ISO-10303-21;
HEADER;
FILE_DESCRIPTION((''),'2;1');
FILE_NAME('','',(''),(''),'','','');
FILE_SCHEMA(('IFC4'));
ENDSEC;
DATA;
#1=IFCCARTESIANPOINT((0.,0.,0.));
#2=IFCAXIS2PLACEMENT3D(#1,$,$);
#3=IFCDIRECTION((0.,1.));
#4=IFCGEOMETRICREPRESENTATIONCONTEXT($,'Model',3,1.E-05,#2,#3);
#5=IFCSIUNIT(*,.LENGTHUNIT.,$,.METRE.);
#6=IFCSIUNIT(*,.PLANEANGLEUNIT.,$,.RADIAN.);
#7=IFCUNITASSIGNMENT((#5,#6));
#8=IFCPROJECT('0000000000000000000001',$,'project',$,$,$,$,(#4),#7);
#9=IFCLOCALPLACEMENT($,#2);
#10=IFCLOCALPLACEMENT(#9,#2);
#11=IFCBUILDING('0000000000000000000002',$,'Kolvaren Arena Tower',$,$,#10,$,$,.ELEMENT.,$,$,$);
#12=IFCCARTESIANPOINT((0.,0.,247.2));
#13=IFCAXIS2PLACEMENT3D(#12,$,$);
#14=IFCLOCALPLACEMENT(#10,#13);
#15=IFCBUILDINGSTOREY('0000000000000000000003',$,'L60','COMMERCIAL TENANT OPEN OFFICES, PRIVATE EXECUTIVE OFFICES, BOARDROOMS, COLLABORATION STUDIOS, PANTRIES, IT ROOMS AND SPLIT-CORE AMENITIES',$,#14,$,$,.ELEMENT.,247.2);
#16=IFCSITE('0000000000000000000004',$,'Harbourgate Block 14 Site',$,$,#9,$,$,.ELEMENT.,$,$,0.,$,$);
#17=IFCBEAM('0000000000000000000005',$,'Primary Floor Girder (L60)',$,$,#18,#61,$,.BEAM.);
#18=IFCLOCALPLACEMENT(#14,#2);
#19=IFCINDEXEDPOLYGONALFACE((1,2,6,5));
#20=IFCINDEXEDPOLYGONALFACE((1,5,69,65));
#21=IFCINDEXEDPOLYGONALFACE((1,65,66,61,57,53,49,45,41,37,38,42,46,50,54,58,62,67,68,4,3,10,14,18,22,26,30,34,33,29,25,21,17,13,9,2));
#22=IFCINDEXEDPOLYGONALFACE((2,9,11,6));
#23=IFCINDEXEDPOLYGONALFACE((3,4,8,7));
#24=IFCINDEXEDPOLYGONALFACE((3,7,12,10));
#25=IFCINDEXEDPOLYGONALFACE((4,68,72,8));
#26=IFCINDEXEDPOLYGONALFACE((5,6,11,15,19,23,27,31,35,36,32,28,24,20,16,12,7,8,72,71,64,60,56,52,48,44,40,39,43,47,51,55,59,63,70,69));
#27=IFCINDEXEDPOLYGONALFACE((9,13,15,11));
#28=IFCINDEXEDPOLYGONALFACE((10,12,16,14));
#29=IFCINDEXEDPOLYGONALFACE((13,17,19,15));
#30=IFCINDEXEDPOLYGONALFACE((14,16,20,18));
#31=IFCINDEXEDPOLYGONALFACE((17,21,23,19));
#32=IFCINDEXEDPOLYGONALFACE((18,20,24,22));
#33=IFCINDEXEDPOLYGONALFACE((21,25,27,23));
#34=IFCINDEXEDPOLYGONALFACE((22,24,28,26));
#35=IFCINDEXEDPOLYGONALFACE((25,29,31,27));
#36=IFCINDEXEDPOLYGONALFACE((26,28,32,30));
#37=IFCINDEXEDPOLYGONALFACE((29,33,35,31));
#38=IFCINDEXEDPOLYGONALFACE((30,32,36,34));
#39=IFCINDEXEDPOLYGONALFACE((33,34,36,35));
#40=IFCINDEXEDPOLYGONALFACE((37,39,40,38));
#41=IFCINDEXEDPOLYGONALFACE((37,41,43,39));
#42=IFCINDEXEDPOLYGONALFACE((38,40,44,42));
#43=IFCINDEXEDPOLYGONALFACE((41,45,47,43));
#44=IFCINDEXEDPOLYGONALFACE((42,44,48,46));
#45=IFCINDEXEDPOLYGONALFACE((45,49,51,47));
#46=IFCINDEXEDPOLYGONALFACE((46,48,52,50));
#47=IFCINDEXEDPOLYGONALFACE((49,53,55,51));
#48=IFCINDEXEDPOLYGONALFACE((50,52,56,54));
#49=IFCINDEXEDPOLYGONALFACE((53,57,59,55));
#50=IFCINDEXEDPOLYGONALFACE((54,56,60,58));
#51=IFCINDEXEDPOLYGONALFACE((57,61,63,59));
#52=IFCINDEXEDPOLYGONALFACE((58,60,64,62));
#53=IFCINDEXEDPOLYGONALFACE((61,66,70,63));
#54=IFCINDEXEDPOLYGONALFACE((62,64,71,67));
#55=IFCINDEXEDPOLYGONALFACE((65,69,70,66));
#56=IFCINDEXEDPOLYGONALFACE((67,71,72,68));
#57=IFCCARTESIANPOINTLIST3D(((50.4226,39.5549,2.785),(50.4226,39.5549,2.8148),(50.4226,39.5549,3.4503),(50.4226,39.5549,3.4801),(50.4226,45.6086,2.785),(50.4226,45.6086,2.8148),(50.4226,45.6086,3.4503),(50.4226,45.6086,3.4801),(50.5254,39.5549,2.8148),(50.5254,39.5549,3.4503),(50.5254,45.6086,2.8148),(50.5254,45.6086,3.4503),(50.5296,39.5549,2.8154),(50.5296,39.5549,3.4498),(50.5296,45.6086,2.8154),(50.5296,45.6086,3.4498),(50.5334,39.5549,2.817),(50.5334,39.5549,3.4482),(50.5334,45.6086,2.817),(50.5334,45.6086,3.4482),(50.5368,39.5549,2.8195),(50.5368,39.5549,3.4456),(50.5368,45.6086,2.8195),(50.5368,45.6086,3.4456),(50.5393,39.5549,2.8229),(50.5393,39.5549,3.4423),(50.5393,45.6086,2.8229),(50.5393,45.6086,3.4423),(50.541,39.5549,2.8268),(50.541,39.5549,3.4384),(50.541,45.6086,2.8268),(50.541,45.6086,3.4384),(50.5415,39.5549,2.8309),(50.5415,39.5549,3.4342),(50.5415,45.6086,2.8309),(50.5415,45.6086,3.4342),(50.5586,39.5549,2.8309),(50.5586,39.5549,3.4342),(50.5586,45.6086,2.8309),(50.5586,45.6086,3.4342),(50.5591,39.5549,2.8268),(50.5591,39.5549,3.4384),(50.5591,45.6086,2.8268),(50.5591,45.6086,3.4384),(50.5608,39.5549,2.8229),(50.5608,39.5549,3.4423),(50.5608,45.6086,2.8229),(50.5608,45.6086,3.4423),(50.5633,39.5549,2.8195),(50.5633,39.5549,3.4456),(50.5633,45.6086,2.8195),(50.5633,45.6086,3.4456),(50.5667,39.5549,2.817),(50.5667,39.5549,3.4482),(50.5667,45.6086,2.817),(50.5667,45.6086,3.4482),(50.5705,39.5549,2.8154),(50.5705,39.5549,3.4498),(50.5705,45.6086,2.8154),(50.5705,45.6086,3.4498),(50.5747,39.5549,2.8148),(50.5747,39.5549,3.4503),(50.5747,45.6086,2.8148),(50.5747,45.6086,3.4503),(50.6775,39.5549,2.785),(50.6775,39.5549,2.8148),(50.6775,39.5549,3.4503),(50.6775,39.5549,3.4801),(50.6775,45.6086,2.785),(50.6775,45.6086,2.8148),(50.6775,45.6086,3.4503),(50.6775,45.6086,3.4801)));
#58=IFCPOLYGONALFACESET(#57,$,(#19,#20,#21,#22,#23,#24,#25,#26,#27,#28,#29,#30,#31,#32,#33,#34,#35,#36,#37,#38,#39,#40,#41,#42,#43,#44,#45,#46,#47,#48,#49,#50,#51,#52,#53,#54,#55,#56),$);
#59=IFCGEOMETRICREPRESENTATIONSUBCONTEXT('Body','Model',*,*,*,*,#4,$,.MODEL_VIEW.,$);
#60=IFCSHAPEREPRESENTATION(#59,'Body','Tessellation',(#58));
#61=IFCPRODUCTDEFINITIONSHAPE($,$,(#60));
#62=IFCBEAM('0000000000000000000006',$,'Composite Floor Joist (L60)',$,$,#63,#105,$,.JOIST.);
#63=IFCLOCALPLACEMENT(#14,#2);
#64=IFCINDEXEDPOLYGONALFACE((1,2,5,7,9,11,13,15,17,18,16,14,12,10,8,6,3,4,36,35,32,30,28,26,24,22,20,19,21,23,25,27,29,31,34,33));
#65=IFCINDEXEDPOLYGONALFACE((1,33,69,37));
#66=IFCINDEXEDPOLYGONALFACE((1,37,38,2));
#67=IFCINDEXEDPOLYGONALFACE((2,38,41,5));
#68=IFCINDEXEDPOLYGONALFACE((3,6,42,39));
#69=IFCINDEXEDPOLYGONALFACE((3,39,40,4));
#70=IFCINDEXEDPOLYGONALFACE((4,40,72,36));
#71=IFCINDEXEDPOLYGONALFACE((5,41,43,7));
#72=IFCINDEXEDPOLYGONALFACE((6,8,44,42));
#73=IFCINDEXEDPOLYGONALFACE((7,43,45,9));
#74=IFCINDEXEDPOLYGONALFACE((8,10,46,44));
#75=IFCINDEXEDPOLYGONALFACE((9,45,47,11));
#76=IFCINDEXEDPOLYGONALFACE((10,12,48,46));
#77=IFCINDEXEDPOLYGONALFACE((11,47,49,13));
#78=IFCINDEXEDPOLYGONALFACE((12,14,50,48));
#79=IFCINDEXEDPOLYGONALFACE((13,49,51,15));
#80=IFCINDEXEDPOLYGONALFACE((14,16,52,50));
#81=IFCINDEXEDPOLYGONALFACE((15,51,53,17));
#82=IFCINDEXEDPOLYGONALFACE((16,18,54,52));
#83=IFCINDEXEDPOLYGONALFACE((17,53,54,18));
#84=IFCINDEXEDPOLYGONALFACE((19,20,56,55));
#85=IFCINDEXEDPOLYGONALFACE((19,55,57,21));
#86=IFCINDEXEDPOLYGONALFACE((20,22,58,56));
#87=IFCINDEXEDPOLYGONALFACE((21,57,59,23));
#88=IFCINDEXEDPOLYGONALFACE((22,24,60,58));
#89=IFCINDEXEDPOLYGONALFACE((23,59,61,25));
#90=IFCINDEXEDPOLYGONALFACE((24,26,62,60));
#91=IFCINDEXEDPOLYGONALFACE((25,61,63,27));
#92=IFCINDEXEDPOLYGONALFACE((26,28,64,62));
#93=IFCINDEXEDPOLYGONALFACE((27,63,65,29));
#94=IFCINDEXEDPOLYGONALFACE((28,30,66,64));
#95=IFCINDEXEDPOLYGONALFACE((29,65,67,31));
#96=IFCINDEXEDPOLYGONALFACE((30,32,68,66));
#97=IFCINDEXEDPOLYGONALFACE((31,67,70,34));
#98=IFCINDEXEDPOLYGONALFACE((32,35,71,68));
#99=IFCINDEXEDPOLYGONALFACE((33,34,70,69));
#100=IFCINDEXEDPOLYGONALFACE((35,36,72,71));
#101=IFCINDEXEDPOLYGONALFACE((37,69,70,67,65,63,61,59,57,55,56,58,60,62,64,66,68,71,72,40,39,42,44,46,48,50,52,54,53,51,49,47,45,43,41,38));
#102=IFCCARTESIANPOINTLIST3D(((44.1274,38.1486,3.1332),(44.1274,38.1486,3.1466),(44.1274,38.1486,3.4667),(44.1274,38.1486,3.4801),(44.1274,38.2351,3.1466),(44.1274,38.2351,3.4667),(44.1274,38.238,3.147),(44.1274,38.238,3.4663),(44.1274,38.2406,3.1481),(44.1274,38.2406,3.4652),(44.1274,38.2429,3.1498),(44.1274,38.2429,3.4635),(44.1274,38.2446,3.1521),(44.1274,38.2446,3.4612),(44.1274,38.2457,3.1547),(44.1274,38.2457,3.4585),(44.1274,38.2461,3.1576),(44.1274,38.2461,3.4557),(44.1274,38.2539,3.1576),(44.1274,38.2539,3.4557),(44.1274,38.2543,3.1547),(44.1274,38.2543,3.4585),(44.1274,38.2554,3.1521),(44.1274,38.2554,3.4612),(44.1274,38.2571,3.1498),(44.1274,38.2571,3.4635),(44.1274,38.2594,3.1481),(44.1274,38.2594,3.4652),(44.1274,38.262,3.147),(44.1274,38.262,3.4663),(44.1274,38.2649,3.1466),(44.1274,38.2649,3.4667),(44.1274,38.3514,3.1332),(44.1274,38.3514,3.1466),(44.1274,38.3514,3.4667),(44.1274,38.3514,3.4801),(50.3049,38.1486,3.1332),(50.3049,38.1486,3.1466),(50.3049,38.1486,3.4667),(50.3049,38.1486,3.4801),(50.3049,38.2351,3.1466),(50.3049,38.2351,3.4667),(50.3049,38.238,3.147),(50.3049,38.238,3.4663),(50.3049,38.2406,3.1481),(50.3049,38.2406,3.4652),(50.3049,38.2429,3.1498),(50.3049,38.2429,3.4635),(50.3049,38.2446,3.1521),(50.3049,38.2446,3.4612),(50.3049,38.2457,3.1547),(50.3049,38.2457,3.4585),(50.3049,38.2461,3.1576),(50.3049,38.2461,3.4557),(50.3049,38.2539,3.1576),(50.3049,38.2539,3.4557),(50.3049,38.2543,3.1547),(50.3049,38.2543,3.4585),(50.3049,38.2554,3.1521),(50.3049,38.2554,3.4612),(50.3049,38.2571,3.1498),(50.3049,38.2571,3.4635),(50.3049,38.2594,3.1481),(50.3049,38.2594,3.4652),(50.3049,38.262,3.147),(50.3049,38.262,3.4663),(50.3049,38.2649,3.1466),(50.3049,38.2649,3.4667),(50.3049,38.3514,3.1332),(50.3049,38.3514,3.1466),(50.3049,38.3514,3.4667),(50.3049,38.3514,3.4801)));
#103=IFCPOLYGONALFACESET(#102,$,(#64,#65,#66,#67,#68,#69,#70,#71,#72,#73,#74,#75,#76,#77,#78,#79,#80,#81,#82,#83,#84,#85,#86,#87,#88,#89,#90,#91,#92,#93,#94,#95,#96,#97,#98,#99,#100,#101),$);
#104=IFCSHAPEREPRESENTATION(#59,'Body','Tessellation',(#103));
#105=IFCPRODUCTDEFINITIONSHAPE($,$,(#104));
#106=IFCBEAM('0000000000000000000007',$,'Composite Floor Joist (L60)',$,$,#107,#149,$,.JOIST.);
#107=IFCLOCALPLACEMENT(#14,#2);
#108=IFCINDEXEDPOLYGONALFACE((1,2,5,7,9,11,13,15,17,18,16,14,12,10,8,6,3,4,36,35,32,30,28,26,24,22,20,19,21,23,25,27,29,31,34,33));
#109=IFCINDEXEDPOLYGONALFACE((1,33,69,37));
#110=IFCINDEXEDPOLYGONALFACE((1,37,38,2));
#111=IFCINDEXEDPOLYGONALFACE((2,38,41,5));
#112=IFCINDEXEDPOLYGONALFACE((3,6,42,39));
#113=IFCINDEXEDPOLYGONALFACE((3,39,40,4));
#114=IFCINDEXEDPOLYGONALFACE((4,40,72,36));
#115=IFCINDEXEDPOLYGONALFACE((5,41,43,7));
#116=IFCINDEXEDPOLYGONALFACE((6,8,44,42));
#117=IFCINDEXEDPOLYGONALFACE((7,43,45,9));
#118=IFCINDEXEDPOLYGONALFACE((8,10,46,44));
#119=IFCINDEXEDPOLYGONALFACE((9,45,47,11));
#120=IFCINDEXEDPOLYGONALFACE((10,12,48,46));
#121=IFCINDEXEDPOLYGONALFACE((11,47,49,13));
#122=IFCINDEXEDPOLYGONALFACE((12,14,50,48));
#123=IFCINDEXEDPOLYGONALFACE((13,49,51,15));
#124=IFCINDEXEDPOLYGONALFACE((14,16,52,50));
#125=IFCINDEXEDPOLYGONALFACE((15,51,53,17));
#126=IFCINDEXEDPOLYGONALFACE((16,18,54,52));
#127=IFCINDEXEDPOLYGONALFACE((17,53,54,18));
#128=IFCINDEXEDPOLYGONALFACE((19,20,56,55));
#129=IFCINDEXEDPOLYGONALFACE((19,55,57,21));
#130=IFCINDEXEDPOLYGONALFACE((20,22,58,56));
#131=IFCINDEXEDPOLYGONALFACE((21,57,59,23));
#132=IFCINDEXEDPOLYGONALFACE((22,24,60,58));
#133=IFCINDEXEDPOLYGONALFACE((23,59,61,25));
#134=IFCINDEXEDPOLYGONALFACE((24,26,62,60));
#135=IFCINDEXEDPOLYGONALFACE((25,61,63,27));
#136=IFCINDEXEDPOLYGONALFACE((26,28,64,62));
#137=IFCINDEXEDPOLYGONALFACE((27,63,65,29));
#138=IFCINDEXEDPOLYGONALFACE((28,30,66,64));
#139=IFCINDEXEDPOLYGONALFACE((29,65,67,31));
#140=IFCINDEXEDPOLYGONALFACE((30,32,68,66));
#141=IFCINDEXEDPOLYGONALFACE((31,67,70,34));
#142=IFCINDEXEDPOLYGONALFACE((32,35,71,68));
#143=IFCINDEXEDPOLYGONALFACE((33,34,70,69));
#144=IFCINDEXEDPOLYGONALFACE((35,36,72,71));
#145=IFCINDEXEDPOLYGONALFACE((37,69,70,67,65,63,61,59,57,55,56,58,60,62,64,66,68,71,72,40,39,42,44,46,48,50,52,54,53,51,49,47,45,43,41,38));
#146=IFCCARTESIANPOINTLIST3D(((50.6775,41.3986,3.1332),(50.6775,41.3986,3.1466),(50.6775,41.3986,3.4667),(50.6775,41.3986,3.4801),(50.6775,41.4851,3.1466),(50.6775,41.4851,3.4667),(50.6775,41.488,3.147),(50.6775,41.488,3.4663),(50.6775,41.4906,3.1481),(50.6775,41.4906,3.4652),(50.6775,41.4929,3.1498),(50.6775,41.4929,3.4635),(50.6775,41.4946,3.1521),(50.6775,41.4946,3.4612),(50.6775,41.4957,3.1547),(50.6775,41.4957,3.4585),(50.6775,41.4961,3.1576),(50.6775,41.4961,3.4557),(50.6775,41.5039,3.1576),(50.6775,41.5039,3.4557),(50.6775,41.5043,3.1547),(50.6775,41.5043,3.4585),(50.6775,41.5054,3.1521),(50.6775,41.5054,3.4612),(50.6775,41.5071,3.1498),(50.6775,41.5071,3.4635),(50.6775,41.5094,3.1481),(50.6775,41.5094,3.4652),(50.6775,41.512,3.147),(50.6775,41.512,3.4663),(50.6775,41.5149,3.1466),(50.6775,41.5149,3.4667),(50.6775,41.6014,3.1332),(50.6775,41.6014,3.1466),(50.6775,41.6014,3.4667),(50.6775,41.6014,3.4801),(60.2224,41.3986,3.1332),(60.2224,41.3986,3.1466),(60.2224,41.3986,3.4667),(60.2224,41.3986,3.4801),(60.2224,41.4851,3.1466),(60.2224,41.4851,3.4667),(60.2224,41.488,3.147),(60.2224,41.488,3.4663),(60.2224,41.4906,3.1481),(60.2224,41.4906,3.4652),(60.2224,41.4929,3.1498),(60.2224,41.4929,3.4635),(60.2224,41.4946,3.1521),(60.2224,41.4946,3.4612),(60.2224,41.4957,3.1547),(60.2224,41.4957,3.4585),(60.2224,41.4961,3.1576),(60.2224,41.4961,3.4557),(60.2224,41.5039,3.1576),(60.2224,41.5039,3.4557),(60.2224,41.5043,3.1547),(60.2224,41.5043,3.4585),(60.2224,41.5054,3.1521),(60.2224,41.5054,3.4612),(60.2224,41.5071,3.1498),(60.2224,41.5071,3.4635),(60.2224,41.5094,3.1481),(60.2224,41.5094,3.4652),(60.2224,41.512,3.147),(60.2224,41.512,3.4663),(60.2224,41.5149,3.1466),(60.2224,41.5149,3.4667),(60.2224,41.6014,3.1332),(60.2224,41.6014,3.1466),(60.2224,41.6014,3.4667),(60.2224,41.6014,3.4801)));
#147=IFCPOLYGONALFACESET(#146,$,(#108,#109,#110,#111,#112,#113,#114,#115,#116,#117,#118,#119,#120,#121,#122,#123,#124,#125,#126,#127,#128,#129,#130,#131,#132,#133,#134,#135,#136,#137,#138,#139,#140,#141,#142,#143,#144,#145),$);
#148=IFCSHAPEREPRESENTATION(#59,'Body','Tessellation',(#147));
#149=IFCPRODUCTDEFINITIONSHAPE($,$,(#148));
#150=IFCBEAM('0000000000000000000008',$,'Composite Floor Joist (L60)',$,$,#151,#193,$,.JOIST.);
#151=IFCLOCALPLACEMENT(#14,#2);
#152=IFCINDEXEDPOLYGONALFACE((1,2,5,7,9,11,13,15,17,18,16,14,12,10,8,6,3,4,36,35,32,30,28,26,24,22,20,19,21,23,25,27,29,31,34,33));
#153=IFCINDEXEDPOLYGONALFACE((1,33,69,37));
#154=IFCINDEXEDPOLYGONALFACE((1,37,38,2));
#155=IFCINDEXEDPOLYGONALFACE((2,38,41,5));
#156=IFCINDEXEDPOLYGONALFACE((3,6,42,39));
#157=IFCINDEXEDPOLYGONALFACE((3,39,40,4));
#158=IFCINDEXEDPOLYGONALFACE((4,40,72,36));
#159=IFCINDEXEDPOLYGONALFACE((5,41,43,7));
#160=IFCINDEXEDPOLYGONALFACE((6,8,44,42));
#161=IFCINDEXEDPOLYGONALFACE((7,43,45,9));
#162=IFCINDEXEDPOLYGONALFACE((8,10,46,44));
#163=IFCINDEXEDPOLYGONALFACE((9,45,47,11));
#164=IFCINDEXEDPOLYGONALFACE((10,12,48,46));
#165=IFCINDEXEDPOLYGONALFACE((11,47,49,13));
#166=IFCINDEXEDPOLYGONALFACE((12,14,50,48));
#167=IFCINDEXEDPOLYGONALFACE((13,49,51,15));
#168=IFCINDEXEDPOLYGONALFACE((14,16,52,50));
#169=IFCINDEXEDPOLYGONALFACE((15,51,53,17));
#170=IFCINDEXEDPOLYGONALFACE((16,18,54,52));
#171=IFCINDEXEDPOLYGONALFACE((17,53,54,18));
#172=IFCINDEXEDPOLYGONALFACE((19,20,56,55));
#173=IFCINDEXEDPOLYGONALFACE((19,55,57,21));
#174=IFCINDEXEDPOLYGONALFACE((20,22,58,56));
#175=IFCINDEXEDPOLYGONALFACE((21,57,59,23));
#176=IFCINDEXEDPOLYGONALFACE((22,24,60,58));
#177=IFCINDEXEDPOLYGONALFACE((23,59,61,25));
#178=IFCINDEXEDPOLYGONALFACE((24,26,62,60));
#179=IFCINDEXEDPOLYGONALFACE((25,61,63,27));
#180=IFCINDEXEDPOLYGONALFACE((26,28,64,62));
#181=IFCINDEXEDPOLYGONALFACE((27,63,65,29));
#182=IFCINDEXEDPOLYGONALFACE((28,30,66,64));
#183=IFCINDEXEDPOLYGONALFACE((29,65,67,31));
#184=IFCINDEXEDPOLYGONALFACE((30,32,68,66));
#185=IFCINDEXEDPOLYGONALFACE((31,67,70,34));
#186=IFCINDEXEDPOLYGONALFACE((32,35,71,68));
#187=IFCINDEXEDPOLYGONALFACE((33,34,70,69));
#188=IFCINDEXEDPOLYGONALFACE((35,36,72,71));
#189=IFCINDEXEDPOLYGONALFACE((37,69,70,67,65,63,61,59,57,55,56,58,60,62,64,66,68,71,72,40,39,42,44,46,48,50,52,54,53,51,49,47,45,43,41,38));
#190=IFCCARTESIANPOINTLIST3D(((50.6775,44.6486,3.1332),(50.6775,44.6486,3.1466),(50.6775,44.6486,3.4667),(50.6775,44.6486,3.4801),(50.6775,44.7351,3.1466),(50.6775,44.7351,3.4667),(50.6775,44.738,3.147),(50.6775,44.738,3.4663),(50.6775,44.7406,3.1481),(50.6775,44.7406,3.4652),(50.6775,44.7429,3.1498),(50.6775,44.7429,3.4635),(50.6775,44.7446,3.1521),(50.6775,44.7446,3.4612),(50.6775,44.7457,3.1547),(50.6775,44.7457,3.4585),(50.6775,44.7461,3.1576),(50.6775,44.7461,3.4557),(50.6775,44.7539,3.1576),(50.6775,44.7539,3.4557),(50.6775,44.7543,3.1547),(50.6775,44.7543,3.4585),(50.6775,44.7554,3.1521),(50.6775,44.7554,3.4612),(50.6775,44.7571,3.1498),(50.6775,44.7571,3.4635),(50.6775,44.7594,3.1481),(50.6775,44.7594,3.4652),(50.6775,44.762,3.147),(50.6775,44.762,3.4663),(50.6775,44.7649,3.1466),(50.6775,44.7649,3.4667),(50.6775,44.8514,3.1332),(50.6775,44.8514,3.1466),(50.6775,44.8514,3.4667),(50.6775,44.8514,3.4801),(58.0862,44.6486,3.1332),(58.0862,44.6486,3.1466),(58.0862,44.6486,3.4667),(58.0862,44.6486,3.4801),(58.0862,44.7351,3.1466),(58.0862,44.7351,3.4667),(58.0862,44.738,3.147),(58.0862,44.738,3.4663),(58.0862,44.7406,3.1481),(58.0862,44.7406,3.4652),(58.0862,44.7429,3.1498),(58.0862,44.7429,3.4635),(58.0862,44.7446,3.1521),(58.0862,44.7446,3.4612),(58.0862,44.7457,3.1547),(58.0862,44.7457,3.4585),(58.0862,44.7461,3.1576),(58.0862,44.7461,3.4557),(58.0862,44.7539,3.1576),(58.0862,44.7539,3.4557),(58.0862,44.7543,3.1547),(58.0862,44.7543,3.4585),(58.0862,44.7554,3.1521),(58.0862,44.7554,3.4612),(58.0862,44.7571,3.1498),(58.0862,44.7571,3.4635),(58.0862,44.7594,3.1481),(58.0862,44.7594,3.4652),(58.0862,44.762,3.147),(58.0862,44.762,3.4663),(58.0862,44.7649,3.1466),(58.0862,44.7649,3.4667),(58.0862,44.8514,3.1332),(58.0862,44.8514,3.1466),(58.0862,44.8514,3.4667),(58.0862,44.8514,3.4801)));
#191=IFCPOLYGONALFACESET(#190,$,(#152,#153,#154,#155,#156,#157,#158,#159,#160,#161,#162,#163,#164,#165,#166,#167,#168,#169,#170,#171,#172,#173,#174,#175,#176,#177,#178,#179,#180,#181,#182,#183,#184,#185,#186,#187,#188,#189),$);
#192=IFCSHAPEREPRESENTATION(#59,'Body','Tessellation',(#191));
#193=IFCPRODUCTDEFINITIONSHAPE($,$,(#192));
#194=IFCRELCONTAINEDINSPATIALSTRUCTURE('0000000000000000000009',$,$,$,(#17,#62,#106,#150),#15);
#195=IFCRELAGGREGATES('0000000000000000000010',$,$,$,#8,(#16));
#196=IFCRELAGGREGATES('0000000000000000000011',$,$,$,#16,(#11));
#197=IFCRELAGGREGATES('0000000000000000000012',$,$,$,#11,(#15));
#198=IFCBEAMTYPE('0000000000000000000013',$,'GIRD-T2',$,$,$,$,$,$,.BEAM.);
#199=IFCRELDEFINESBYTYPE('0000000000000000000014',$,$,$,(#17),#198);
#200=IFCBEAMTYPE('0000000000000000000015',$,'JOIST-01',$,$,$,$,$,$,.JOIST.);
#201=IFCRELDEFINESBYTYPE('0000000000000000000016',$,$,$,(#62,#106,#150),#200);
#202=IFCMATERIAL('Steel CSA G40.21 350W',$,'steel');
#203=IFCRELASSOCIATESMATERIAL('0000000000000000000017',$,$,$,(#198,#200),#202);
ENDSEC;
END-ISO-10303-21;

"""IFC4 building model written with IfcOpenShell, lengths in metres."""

from ifc_helpers import new_model, si_unit, direction, frame, origin, origin_2d, place, context, subcontext, project, spatial, i_section, extrude, material, material_profile, profile_set, type_object, element, save


model = new_model("IFC4")

# Units and contexts
model_context = context("Model", 3, precision=1e-05, world=origin(), true_north=direction((0.0, 1.0)))
body_context = subcontext(model_context, "Body", "Model", "MODEL_VIEW")
ifc_project = project(units=[si_unit("LENGTHUNIT", "METRE"), si_unit("PLANEANGLEUNIT", "RADIAN")], contexts=[model_context])

# Site, building, storey
site_placement = place(None, origin())
site = spatial("IfcSite", under=ifc_project, at=site_placement, Name="Harbourgate Block 14 Site", CompositionType="ELEMENT", RefElevation=0.0)
building_placement = place(site_placement, origin())
building = spatial("IfcBuilding", under=site, at=building_placement, Name="Kolvaren Arena Tower", CompositionType="ELEMENT")
storey_placement = place(building_placement, frame((0.0, 0.0, 247.2)))
storey = spatial("IfcBuildingStorey", under=building, at=storey_placement, Name="L60", Description="COMMERCIAL TENANT OPEN OFFICES, PRIVATE EXECUTIVE OFFICES, BOARDROOMS, COLLABORATION STUDIOS, PANTRIES, IT ROOMS AND SPLIT-CORE AMENITIES", CompositionType="ELEMENT", Elevation=247.2)

# Beams
ifc_material_1 = material(Name="Steel CSA G40.21 350W", Category="steel")
ifc_material_profile_1 = material_profile(ifc_material_1, i_section(OverallWidth=0.2549, OverallDepth=0.6951, WebThickness=0.0171, FlangeThickness=0.0298, FilletRadius=0.0161, at=origin_2d()), Name="W690x217")
ifc_profile_set_1 = profile_set([ifc_material_profile_1], Name="Steel CSA G40.21 350W")
beam_type_1 = type_object("IfcBeamType", Name="GIRD-T2", PredefinedType="BEAM", material=ifc_profile_set_1)
beam_1_placement = place(storey_placement, frame((50.55, 39.5549, 3.1326), z_axis=(0.0, 1.0, 0.0), x_axis=(-1.0, 0.0, 0.0)))
element("IfcBeam", 1, at=beam_1_placement, inside=storey, type_object=beam_type_1, Name="Primary Floor Girder (L60)", PredefinedType="BEAM", context=body_context, shape_type="SweptSolid", body=[
    extrude(i_section(OverallWidth=0.2549, OverallDepth=0.6951, WebThickness=0.0171, FlangeThickness=0.0298, FilletRadius=0.0161, at=origin_2d()), origin(), (0.0, 0.0, 1.0), 6.0537),
])
ifc_material_profile_2 = material_profile(ifc_material_1, i_section(OverallWidth=0.2029, OverallDepth=0.3469, WebThickness=0.0078, FlangeThickness=0.0134, FilletRadius=0.011, at=origin_2d()), Name="W360x64")
ifc_profile_set_2 = profile_set([ifc_material_profile_2], Name="Steel CSA G40.21 350W")
beam_type_2 = type_object("IfcBeamType", Name="JOIST-01", PredefinedType="JOIST", material=ifc_profile_set_2)
beam_2_placement = place(storey_placement, frame((44.1274, 38.25, 3.3066), z_axis=(1.0, 0.0, 0.0), x_axis=(0.0, 1.0, 0.0)))
element("IfcBeam", 2, at=beam_2_placement, inside=storey, type_object=beam_type_2, Name="Composite Floor Joist (L60)", PredefinedType="JOIST", context=body_context, shape_type="SweptSolid", body=[
    extrude(i_section(OverallWidth=0.2029, OverallDepth=0.3469, WebThickness=0.0078, FlangeThickness=0.0134, FilletRadius=0.011, at=origin_2d()), origin(), (0.0, 0.0, 1.0), 6.1775),
])
beam_3_placement = place(storey_placement, frame((50.6775, 41.5, 3.3066), z_axis=(1.0, 0.0, 0.0), x_axis=(0.0, 1.0, 0.0)))
element("IfcBeam", 3, at=beam_3_placement, inside=storey, type_object=beam_type_2, Name="Composite Floor Joist (L60)", PredefinedType="JOIST", context=body_context, shape_type="SweptSolid", body=[
    extrude(i_section(OverallWidth=0.2029, OverallDepth=0.3469, WebThickness=0.0078, FlangeThickness=0.0134, FilletRadius=0.011, at=origin_2d()), origin(), (0.0, 0.0, 1.0), 9.5449),
])
beam_4_placement = place(storey_placement, frame((50.6775, 44.75, 3.3066), z_axis=(1.0, 0.0, 0.0), x_axis=(0.0, 1.0, 0.0)))
element("IfcBeam", 4, at=beam_4_placement, inside=storey, type_object=beam_type_2, Name="Composite Floor Joist (L60)", PredefinedType="JOIST", context=body_context, shape_type="SweptSolid", body=[
    extrude(i_section(OverallWidth=0.2029, OverallDepth=0.3469, WebThickness=0.0078, FlangeThickness=0.0134, FilletRadius=0.011, at=origin_2d()), origin(), (0.0, 0.0, 1.0), 7.4087),
])

save(model, "model.ifc")
